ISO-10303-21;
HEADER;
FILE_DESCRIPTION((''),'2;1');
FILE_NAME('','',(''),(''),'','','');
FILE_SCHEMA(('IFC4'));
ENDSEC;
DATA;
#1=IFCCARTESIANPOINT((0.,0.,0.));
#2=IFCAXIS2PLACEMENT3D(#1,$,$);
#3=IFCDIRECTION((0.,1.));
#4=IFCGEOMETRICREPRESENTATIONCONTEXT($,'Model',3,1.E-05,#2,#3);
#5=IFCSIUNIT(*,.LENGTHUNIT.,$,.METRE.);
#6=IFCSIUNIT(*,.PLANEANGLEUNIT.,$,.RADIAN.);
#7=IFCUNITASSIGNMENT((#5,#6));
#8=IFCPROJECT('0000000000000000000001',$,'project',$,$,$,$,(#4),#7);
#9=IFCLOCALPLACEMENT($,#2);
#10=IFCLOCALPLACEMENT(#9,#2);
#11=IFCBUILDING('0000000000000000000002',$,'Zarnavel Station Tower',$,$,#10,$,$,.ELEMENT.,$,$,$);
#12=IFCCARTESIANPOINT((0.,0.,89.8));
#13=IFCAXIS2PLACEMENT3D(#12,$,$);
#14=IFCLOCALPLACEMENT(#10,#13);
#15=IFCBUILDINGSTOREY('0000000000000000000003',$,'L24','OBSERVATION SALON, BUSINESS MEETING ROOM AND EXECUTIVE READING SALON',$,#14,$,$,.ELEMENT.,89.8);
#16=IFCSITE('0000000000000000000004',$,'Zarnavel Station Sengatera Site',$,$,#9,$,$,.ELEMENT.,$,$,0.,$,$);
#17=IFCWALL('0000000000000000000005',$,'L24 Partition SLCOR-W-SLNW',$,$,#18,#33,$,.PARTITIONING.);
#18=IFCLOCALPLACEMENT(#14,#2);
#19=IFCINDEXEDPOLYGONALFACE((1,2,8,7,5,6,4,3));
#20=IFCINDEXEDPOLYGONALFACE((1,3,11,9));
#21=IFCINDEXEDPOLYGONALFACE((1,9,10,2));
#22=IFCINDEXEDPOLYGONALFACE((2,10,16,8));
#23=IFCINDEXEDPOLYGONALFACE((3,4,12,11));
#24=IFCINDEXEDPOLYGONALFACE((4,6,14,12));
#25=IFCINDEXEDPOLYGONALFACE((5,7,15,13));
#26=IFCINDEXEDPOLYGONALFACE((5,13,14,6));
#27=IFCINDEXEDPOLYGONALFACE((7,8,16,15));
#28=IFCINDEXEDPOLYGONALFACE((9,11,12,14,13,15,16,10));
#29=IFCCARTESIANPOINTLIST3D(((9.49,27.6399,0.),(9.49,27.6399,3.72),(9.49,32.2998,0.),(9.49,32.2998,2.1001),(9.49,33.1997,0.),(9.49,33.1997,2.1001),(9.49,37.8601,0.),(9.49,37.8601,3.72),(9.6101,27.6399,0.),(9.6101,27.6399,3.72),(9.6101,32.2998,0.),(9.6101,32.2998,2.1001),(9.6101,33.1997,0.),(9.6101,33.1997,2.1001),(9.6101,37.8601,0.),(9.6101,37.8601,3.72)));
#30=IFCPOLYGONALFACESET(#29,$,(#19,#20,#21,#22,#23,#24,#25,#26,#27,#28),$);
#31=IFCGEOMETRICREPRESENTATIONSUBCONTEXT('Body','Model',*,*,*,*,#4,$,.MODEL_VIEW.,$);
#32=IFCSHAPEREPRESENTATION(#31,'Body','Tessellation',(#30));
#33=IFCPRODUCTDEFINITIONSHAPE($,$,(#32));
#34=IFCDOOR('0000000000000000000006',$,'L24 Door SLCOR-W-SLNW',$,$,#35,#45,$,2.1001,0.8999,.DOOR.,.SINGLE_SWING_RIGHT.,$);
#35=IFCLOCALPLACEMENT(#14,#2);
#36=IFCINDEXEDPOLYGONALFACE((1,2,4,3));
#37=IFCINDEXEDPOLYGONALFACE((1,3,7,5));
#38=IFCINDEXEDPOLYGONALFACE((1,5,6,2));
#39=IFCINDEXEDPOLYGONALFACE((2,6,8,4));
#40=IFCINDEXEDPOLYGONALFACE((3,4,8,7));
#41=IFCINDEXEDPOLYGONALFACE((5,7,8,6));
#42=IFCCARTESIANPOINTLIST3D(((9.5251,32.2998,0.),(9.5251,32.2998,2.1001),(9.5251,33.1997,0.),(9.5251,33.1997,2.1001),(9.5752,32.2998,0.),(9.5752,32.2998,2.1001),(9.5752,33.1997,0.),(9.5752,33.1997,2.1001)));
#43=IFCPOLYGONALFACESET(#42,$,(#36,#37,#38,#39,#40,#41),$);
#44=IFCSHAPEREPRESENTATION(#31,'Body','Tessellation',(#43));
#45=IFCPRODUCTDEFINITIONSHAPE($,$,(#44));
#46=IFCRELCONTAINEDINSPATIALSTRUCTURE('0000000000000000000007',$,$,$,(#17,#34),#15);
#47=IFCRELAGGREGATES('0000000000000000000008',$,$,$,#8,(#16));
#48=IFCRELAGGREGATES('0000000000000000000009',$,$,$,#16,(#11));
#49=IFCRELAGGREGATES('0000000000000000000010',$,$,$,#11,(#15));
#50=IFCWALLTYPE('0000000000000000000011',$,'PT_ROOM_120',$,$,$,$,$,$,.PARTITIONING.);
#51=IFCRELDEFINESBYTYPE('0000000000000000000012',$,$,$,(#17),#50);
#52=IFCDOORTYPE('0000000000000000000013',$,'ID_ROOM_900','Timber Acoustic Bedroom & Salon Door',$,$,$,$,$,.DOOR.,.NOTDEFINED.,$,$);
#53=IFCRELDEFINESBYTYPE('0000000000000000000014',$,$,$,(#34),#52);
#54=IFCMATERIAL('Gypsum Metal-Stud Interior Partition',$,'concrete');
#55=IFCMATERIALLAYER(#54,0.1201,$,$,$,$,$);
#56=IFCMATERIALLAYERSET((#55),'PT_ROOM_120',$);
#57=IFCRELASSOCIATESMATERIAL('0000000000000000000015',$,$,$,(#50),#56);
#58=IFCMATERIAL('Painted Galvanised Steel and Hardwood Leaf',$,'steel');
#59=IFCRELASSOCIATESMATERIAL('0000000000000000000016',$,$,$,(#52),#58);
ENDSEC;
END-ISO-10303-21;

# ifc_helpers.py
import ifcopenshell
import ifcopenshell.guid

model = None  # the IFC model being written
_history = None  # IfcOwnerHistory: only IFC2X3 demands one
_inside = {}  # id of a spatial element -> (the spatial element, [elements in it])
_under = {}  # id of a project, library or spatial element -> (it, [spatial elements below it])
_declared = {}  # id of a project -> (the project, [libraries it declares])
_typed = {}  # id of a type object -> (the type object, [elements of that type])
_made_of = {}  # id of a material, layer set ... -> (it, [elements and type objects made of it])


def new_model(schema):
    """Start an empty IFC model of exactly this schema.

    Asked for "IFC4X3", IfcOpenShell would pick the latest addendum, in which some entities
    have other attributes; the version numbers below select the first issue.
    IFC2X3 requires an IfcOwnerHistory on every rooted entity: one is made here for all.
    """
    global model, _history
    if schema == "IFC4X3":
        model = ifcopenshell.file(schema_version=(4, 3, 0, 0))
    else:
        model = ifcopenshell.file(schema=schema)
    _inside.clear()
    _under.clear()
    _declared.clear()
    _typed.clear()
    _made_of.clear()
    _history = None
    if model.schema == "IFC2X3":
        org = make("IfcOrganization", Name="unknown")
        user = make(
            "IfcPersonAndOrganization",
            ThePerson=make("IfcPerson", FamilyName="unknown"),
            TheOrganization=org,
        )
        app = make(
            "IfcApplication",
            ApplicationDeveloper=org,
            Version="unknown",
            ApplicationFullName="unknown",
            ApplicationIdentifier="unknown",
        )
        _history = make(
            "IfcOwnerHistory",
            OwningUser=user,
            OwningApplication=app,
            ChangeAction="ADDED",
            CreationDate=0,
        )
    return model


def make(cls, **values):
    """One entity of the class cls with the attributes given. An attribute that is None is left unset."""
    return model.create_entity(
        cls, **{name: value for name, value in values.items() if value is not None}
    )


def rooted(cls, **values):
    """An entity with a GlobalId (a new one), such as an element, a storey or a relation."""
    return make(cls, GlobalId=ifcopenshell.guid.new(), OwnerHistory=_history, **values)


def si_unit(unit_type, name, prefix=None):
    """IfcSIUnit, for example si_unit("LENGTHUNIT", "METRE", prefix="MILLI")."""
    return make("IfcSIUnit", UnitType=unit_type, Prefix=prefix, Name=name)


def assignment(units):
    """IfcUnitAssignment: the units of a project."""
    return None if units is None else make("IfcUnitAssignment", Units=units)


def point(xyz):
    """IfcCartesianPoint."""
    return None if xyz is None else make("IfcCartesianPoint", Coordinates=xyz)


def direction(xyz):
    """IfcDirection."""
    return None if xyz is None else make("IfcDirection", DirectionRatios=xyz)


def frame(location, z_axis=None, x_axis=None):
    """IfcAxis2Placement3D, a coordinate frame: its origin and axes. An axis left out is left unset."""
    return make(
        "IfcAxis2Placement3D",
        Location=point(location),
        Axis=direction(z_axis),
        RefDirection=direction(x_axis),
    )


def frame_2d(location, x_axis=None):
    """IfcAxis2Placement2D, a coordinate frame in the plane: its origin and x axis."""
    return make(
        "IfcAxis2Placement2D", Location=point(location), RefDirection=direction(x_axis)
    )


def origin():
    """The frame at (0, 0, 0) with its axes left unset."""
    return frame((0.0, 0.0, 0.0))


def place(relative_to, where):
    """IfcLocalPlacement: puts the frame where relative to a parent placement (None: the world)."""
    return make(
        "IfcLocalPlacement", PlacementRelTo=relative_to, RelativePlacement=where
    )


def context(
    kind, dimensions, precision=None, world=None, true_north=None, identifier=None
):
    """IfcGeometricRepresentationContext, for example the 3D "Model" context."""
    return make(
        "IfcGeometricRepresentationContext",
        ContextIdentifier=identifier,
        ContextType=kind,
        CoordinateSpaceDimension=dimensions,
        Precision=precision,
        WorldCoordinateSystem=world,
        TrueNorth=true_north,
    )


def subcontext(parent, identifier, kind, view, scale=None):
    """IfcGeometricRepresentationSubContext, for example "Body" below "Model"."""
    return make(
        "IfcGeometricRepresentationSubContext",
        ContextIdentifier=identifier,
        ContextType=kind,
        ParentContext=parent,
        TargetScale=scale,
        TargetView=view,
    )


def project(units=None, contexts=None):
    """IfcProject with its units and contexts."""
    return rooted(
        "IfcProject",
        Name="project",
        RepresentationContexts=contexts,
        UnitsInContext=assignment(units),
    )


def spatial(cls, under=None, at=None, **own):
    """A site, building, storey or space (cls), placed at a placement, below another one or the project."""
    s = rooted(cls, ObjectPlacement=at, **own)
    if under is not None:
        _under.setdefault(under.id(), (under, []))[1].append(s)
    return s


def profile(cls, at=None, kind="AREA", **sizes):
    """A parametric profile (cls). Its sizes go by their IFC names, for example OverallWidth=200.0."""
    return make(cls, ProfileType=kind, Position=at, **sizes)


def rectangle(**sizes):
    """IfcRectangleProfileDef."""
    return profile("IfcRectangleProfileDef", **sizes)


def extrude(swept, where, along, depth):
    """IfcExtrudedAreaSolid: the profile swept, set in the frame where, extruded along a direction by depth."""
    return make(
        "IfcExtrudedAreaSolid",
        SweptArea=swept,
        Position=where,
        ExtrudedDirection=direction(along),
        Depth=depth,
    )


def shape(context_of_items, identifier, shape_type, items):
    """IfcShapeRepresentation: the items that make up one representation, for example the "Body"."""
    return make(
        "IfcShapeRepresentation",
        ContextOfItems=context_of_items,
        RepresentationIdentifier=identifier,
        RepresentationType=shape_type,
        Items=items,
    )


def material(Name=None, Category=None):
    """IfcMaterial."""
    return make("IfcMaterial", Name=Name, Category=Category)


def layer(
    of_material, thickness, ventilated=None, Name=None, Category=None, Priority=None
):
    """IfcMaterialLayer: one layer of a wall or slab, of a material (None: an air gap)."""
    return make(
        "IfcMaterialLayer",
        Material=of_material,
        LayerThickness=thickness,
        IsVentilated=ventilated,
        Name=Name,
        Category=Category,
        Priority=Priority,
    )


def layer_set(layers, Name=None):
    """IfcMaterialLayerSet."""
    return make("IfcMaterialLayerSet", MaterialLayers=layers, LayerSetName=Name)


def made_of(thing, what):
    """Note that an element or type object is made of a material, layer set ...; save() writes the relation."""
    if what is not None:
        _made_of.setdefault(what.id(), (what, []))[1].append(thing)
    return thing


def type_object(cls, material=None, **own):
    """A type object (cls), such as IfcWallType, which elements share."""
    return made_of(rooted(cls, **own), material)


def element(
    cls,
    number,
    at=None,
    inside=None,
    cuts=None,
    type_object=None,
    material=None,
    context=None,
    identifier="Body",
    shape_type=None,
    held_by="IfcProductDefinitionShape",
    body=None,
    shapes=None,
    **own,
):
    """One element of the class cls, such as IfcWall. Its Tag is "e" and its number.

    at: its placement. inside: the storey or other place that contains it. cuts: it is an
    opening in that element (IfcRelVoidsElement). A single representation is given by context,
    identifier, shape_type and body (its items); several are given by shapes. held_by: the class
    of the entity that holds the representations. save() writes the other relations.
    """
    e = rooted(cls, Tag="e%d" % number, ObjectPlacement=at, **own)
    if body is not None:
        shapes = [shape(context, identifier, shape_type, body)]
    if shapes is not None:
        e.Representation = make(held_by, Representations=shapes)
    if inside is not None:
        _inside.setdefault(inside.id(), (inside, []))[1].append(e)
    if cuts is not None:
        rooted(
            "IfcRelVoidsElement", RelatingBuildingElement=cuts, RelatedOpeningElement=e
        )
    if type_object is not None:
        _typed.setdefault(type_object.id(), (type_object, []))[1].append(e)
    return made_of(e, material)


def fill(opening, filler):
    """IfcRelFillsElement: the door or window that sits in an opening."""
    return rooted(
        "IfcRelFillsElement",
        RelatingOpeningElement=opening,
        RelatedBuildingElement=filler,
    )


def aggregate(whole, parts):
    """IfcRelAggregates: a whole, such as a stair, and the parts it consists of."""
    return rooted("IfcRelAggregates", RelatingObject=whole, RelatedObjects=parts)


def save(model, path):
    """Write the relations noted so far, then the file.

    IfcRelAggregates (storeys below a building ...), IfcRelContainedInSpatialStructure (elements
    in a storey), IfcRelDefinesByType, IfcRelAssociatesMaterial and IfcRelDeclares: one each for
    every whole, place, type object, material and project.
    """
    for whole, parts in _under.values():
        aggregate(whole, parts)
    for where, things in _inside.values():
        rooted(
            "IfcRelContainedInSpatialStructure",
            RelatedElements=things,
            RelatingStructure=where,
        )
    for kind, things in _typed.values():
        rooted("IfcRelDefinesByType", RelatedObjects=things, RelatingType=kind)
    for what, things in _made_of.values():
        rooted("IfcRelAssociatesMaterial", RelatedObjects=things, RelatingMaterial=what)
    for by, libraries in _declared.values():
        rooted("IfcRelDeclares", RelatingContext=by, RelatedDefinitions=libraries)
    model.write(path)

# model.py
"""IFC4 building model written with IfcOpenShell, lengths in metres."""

from ifc_helpers import new_model, si_unit, direction, frame, frame_2d, origin, place, context, subcontext, project, spatial, rectangle, extrude, material, layer, layer_set, type_object, element, fill, save


model = new_model("IFC4")

# Units and contexts
model_context = context("Model", 3, precision=1e-05, world=origin(), true_north=direction((0.0, 1.0)))
body_context = subcontext(model_context, "Body", "Model", "MODEL_VIEW")
ifc_project = project(units=[si_unit("LENGTHUNIT", "METRE"), si_unit("PLANEANGLEUNIT", "RADIAN")], contexts=[model_context])

# Site, building, storey
site_placement = place(None, origin())
site = spatial("IfcSite", under=ifc_project, at=site_placement, Name="Zarnavel Station Sengatera Site", CompositionType="ELEMENT", RefElevation=0.0)
building_placement = place(site_placement, origin())
building = spatial("IfcBuilding", under=site, at=building_placement, Name="Zarnavel Station Tower", CompositionType="ELEMENT")
storey_placement = place(building_placement, frame((0.0, 0.0, 89.8)))
storey = spatial("IfcBuildingStorey", under=building, at=storey_placement, Name="L24", Description="OBSERVATION SALON, BUSINESS MEETING ROOM AND EXECUTIVE READING SALON", CompositionType="ELEMENT", Elevation=89.8)

# Wall, opening, door
ifc_material_1 = material(Name="Gypsum Metal-Stud Interior Partition", Category="concrete")
ifc_layer_1 = layer(ifc_material_1, 0.1201)
ifc_layer_set_1 = layer_set([ifc_layer_1], Name="PT_ROOM_120")
wall_type_1 = type_object("IfcWallType", Name="PT_ROOM_120", PredefinedType="PARTITIONING", material=ifc_layer_set_1)
ifc_material_2 = material(Name="Painted Galvanised Steel and Hardwood Leaf", Category="steel")
door_type = type_object("IfcDoorType", Name="ID_ROOM_900", Description="Timber Acoustic Bedroom & Salon Door", OperationType="NOTDEFINED", PredefinedType="DOOR", material=ifc_material_2)
wall_1_placement = place(storey_placement, frame((9.55, 27.6399, 0.0), z_axis=(0.0, 0.0, 1.0), x_axis=(0.0, 1.0, 0.0)))
wall_1 = element("IfcWall", 1, at=wall_1_placement, inside=storey, type_object=wall_type_1, Name="L24 Partition SLCOR-W-SLNW", PredefinedType="PARTITIONING", context=body_context, shape_type="SweptSolid", body=[
    extrude(rectangle(XDim=10.2202, YDim=0.1201, at=frame_2d((5.1101, 0.0))), origin(), (0.0, 0.0, 1.0), 3.72),
])
opening_1_placement = place(wall_1_placement, frame((4.6599, 0.0, 0.0)))
opening_1 = element("IfcOpeningElement", 2, at=opening_1_placement, cuts=wall_1, PredefinedType="OPENING", context=body_context, shape_type="SweptSolid", body=[
    extrude(rectangle(XDim=0.8999, YDim=2.1001, at=frame_2d((0.45, 1.05))), frame((0.0, 0.0701, 0.0), z_axis=(0.0, -1.0, 0.0), x_axis=(1.0, 0.0, 0.0)), (0.0, 0.0, 1.0), 0.1401),
])
door_1_placement = place(opening_1_placement, origin())
door_1 = element("IfcDoor", 3, at=door_1_placement, inside=storey, type_object=door_type, Name="L24 Door SLCOR-W-SLNW", OperationType="SINGLE_SWING_RIGHT", OverallHeight=2.1001, OverallWidth=0.8999, PredefinedType="DOOR", context=body_context, shape_type="SweptSolid", body=[
    extrude(rectangle(XDim=0.8999, YDim=2.1001, at=frame_2d((0.45, 1.05))), frame((0.0, 0.0249, 0.0), z_axis=(0.0, -1.0, 0.0), x_axis=(1.0, 0.0, 0.0)), (0.0, 0.0, 1.0), 0.05),
])
fill(opening_1, door_1)

save(model, "model.ifc")
